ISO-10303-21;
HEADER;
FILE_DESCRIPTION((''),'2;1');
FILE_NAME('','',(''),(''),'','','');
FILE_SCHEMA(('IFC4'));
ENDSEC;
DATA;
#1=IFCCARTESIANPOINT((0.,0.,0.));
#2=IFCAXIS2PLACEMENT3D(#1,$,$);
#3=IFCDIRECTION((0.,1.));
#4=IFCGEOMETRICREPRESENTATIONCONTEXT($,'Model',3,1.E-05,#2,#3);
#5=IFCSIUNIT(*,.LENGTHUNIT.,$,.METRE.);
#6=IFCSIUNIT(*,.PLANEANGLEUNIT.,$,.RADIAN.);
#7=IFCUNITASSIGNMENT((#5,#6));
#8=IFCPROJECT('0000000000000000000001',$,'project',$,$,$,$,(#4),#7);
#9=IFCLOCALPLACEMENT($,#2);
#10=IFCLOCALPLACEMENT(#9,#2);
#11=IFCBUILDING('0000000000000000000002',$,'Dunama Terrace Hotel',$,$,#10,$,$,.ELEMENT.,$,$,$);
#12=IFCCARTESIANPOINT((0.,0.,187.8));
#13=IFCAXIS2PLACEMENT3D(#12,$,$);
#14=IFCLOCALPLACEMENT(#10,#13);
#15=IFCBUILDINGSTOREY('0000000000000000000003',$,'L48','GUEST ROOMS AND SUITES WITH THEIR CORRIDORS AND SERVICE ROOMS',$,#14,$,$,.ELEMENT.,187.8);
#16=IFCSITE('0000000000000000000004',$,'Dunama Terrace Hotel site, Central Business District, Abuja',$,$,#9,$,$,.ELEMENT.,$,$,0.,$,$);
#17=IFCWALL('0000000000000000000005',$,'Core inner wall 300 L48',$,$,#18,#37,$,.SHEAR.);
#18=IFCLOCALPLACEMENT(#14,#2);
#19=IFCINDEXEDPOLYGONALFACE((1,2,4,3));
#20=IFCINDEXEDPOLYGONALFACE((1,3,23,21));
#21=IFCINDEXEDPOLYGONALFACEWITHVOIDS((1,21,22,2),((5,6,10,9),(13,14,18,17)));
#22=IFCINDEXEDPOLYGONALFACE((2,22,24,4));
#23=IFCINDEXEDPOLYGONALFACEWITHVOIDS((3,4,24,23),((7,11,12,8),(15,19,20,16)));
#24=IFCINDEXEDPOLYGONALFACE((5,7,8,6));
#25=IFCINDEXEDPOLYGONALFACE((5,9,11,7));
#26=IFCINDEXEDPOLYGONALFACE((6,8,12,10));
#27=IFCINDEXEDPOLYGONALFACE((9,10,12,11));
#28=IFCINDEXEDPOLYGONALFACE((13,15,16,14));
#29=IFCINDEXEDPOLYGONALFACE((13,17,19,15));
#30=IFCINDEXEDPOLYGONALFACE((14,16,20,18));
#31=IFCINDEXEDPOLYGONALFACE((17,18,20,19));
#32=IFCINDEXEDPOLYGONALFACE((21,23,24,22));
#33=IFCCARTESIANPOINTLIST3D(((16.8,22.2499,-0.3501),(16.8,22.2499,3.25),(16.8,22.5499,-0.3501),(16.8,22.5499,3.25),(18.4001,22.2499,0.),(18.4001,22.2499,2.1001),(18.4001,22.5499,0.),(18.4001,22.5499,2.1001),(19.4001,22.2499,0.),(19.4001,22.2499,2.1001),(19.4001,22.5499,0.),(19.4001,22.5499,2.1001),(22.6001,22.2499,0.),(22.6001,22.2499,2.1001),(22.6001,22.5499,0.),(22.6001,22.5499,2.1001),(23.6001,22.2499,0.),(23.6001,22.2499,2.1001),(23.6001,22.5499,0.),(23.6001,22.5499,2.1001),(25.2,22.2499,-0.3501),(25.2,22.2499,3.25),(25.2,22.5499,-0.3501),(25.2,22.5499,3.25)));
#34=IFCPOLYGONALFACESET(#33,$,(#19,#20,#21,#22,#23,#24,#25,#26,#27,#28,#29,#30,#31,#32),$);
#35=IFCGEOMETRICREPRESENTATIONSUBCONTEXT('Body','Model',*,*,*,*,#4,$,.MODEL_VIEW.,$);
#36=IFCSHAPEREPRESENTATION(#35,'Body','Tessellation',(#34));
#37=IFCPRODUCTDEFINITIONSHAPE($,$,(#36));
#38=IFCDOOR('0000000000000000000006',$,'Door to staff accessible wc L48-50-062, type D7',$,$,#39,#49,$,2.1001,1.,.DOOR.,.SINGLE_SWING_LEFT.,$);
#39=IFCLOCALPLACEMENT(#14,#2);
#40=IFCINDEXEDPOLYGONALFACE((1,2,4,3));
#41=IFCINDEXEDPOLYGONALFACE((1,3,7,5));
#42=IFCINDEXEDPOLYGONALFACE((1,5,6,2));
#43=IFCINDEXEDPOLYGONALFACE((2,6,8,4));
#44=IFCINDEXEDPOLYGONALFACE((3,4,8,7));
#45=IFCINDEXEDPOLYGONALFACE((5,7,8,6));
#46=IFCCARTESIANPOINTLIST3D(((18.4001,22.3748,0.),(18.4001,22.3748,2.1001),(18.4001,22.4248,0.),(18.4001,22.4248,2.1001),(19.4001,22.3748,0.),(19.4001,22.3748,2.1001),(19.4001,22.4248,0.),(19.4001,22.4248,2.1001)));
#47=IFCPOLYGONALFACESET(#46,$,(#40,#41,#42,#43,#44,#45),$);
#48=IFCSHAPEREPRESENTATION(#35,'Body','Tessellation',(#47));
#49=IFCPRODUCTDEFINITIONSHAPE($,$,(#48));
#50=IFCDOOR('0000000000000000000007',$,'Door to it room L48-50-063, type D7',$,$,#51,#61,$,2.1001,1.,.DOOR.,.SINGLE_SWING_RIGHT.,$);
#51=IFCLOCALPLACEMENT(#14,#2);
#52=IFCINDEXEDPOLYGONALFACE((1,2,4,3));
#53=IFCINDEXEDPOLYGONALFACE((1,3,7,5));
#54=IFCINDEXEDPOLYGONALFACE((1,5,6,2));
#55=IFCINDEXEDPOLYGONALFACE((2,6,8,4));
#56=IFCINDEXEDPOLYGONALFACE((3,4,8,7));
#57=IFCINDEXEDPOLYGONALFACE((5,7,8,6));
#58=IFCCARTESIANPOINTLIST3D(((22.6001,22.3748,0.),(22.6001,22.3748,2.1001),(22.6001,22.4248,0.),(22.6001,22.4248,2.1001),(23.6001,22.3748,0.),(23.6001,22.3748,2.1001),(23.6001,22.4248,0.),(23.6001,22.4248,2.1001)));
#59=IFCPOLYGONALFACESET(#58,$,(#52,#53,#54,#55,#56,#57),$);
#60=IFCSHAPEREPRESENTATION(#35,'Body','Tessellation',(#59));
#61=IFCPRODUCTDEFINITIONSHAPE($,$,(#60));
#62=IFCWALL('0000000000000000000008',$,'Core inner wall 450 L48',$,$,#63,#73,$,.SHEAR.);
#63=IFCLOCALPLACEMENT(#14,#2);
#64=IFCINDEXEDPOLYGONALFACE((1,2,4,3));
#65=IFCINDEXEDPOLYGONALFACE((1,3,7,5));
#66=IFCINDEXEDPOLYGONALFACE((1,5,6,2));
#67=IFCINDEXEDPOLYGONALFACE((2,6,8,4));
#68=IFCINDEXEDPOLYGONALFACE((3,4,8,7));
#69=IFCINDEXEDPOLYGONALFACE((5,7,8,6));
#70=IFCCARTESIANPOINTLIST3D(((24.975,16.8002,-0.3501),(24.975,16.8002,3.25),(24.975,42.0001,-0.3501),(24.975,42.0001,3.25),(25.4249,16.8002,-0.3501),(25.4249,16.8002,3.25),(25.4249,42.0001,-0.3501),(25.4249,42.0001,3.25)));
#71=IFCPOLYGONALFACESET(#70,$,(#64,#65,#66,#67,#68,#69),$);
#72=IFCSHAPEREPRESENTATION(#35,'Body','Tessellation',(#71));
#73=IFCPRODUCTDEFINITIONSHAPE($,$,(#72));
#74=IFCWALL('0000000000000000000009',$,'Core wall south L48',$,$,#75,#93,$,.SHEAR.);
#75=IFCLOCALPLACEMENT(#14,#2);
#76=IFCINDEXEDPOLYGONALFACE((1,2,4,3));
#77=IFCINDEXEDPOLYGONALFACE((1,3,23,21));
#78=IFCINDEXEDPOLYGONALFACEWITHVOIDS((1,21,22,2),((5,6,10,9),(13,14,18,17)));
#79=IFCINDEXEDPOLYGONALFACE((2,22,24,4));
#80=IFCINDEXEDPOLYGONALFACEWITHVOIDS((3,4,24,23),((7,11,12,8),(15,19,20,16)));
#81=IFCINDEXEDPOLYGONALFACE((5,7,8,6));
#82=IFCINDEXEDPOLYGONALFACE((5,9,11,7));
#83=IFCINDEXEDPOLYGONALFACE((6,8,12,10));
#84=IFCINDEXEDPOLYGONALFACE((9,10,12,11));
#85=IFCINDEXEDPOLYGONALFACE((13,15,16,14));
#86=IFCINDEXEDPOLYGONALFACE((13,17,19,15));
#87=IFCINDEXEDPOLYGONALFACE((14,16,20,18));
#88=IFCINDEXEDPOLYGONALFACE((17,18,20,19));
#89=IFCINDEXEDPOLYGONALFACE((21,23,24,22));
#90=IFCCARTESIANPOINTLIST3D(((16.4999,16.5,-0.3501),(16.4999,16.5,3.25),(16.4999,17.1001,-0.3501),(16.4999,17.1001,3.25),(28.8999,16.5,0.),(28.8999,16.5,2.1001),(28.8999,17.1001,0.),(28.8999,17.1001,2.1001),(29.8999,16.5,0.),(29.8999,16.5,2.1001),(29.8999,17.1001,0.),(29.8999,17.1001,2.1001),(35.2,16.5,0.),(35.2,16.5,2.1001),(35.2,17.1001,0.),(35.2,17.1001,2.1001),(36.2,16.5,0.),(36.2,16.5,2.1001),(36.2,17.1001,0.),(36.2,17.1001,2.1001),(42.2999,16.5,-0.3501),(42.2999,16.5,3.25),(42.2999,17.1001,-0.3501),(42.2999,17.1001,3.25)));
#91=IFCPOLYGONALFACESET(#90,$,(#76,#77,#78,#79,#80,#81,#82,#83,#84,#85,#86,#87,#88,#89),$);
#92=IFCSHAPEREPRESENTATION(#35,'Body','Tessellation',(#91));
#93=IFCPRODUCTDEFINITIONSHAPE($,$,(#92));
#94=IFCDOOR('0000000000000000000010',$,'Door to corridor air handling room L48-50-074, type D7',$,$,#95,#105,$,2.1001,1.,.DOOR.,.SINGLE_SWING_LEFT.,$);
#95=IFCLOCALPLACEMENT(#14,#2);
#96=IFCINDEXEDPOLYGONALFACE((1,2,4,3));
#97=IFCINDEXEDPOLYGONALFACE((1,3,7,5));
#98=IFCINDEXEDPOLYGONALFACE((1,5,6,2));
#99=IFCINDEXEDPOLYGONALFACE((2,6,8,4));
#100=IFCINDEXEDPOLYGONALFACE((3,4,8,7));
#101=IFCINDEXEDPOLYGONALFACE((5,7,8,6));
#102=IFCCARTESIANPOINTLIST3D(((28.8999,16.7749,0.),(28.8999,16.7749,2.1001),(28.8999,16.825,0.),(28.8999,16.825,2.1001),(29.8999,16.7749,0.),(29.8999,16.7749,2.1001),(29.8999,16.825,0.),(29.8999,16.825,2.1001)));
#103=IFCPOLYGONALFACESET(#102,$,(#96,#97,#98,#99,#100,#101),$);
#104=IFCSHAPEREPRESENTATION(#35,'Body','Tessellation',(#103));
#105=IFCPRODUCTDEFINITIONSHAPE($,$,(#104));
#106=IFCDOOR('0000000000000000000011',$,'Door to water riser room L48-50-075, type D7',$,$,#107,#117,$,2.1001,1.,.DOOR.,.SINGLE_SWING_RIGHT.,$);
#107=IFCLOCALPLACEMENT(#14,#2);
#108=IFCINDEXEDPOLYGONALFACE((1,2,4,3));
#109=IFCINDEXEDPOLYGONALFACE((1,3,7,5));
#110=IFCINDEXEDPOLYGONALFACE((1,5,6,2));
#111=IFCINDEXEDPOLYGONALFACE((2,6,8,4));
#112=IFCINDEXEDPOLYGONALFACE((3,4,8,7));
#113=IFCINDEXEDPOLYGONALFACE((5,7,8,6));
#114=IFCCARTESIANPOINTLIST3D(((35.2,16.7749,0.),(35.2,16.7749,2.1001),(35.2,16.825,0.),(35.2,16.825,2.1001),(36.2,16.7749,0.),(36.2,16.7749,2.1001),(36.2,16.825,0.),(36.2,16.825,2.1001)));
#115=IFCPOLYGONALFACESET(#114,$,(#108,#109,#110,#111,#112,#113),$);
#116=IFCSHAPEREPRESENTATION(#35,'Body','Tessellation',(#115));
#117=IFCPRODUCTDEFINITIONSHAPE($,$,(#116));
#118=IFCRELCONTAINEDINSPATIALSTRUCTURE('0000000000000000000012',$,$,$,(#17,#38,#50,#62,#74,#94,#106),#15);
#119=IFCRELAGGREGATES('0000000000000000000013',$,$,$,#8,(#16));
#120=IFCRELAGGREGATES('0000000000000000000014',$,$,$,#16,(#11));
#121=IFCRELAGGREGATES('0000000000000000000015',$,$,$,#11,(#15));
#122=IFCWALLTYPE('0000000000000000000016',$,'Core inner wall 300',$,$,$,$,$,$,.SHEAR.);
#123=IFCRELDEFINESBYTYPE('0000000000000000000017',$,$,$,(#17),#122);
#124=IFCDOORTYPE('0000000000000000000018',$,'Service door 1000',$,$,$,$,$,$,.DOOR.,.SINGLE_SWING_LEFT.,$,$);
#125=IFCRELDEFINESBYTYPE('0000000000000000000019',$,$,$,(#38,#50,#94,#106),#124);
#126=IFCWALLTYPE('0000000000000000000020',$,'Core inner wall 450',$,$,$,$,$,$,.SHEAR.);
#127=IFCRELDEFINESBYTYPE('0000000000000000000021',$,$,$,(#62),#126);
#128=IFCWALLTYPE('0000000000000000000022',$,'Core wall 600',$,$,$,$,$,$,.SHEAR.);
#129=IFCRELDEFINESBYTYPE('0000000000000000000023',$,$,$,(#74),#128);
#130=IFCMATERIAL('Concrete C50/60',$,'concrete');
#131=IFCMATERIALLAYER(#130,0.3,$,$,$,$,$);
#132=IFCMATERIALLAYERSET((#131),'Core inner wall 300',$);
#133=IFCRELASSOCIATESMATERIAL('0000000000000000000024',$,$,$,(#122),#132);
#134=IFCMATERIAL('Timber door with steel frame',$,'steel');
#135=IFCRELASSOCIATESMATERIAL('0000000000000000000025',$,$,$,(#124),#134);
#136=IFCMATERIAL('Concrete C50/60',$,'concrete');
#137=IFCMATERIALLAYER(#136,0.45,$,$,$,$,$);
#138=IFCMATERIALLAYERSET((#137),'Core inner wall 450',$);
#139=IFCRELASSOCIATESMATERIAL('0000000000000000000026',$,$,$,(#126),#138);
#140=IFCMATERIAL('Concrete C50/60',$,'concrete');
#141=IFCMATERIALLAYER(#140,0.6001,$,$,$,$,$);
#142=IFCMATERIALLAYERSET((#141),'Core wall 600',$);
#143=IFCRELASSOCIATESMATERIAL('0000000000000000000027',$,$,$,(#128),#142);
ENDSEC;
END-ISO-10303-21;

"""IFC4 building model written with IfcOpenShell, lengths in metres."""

from ifc_helpers import new_model, si_unit, direction, frame, frame_2d, origin, place, context, subcontext, project, spatial, rectangle, extrude, material, layer, layer_set, type_object, element, fill, save


model = new_model("IFC4")

# Units and contexts
model_context = context("Model", 3, precision=1e-05, world=origin(), true_north=direction((0.0, 1.0)))
body_context = subcontext(model_context, "Body", "Model", "MODEL_VIEW")
ifc_project = project(units=[si_unit("LENGTHUNIT", "METRE"), si_unit("PLANEANGLEUNIT", "RADIAN")], contexts=[model_context])

# Site, building, storey
site_placement = place(None, origin())
site = spatial("IfcSite", under=ifc_project, at=site_placement, Name="Dunama Terrace Hotel site, Central Business District, Abuja", CompositionType="ELEMENT", RefElevation=0.0)
building_placement = place(site_placement, origin())
building = spatial("IfcBuilding", under=site, at=building_placement, Name="Dunama Terrace Hotel", CompositionType="ELEMENT")
storey_placement = place(building_placement, frame((0.0, 0.0, 187.8)))
storey = spatial("IfcBuildingStorey", under=building, at=storey_placement, Name="L48", Description="GUEST ROOMS AND SUITES WITH THEIR CORRIDORS AND SERVICE ROOMS", CompositionType="ELEMENT", Elevation=187.8)

# Shared definitions
ifc_material_1 = material(Name="Concrete C50/60", Category="concrete")
ifc_layer_1 = layer(ifc_material_1, 0.3)
ifc_layer_set_1 = layer_set([ifc_layer_1], Name="Core inner wall 300")
wall_type_1 = type_object("IfcWallType", Name="Core inner wall 300", PredefinedType="SHEAR", material=ifc_layer_set_1)

# Wall, openings, doors
ifc_material_2 = material(Name="Timber door with steel frame", Category="steel")
door_type_1 = type_object("IfcDoorType", Name="Service door 1000", OperationType="SINGLE_SWING_LEFT", PredefinedType="DOOR", material=ifc_material_2)
wall_1_placement = place(storey_placement, frame((16.8, 22.3999, -0.3501), z_axis=(0.0, 0.0, 1.0), x_axis=(1.0, 0.0, 0.0)))
wall_1 = element("IfcWall", 1, at=wall_1_placement, inside=storey, type_object=wall_type_1, Name="Core inner wall 300 L48", PredefinedType="SHEAR", context=body_context, shape_type="SweptSolid", body=[
    extrude(rectangle(XDim=8.3999, YDim=0.3, at=frame_2d((4.2, 0.0))), origin(), (0.0, 0.0, 1.0), 3.6001),
])
opening_1_placement = place(wall_1_placement, frame((1.6001, 0.0, 0.3501)))
opening_1 = element("IfcOpeningElement", 2, at=opening_1_placement, cuts=wall_1, PredefinedType="OPENING", context=body_context, shape_type="SweptSolid", body=[
    extrude(rectangle(XDim=1.0, YDim=2.1001, at=frame_2d((0.5, 1.05))), frame((0.0, 0.1599, 0.0), z_axis=(0.0, -1.0, 0.0), x_axis=(1.0, 0.0, 0.0)), (0.0, 0.0, 1.0), 0.3201),
])
opening_2_placement = place(wall_1_placement, frame((5.8, 0.0, 0.3501)))
opening_2 = element("IfcOpeningElement", 3, at=opening_2_placement, cuts=wall_1, PredefinedType="OPENING", context=body_context, shape_type="SweptSolid", body=[
    extrude(rectangle(XDim=1.0, YDim=2.1001, at=frame_2d((0.5, 1.05))), frame((0.0, 0.1599, 0.0), z_axis=(0.0, -1.0, 0.0), x_axis=(1.0, 0.0, 0.0)), (0.0, 0.0, 1.0), 0.3201),
])
door_1_placement = place(opening_1_placement, origin())
door_1 = element("IfcDoor", 4, at=door_1_placement, inside=storey, type_object=door_type_1, Name="Door to staff accessible wc L48-50-062, type D7", OperationType="SINGLE_SWING_LEFT", OverallHeight=2.1001, OverallWidth=1.0, PredefinedType="DOOR", context=body_context, shape_type="SweptSolid", body=[
    extrude(rectangle(XDim=1.0, YDim=2.1001, at=frame_2d((0.5, 1.05))), frame((0.0, 0.0249, 0.0), z_axis=(0.0, -1.0, 0.0), x_axis=(1.0, 0.0, 0.0)), (0.0, 0.0, 1.0), 0.05),
])
fill(opening_1, door_1)
door_2_placement = place(opening_2_placement, origin())
door_2 = element("IfcDoor", 5, at=door_2_placement, inside=storey, type_object=door_type_1, Name="Door to it room L48-50-063, type D7", OperationType="SINGLE_SWING_RIGHT", OverallHeight=2.1001, OverallWidth=1.0, PredefinedType="DOOR", context=body_context, shape_type="SweptSolid", body=[
    extrude(rectangle(XDim=1.0, YDim=2.1001, at=frame_2d((0.5, 1.05))), frame((0.0, 0.0249, 0.0), z_axis=(0.0, -1.0, 0.0), x_axis=(1.0, 0.0, 0.0)), (0.0, 0.0, 1.0), 0.05),
])
fill(opening_2, door_2)

# Wall
ifc_material_3 = material(Name="Concrete C50/60", Category="concrete")
ifc_layer_2 = layer(ifc_material_3, 0.45)
ifc_layer_set_2 = layer_set([ifc_layer_2], Name="Core inner wall 450")
wall_type_2 = type_object("IfcWallType", Name="Core inner wall 450", PredefinedType="SHEAR", material=ifc_layer_set_2)
wall_2_placement = place(storey_placement, frame((25.2, 16.8, -0.3501), z_axis=(0.0, 0.0, 1.0), x_axis=(0.0, 1.0, 0.0)))
element("IfcWall", 6, at=wall_2_placement, inside=storey, type_object=wall_type_2, Name="Core inner wall 450 L48", PredefinedType="SHEAR", context=body_context, shape_type="SweptSolid", body=[
    extrude(rectangle(XDim=25.2, YDim=0.45, at=frame_2d((12.6001, 0.0))), origin(), (0.0, 0.0, 1.0), 3.6001),
])

# Wall, openings, doors
ifc_material_4 = material(Name="Concrete C50/60", Category="concrete")
ifc_layer_3 = layer(ifc_material_4, 0.6001)
ifc_layer_set_3 = layer_set([ifc_layer_3], Name="Core wall 600")
wall_type_3 = type_object("IfcWallType", Name="Core wall 600", PredefinedType="SHEAR", material=ifc_layer_set_3)
wall_3_placement = place(storey_placement, frame((16.5, 16.8, -0.3501), z_axis=(0.0, 0.0, 1.0), x_axis=(1.0, 0.0, 0.0)))
wall_3 = element("IfcWall", 7, at=wall_3_placement, inside=storey, type_object=wall_type_3, Name="Core wall south L48", PredefinedType="SHEAR", context=body_context, shape_type="SweptSolid", body=[
    extrude(rectangle(XDim=25.8, YDim=0.6001, at=frame_2d((12.8999, 0.0))), origin(), (0.0, 0.0, 1.0), 3.6001),
])
opening_3_placement = place(wall_3_placement, frame((12.3999, 0.0, 0.3501)))
opening_3 = element("IfcOpeningElement", 8, at=opening_3_placement, cuts=wall_3, PredefinedType="OPENING", context=body_context, shape_type="SweptSolid", body=[
    extrude(rectangle(XDim=1.0, YDim=2.1001, at=frame_2d((0.5, 1.05))), frame((0.0, 0.3101, 0.0), z_axis=(0.0, -1.0, 0.0), x_axis=(1.0, 0.0, 0.0)), (0.0, 0.0, 1.0), 0.6201),
])
opening_4_placement = place(wall_3_placement, frame((18.7, 0.0, 0.3501)))
opening_4 = element("IfcOpeningElement", 9, at=opening_4_placement, cuts=wall_3, PredefinedType="OPENING", context=body_context, shape_type="SweptSolid", body=[
    extrude(rectangle(XDim=1.0, YDim=2.1001, at=frame_2d((0.5, 1.05))), frame((0.0, 0.3101, 0.0), z_axis=(0.0, -1.0, 0.0), x_axis=(1.0, 0.0, 0.0)), (0.0, 0.0, 1.0), 0.6201),
])
door_3_placement = place(opening_3_placement, origin())
door_3 = element("IfcDoor", 10, at=door_3_placement, inside=storey, type_object=door_type_1, Name="Door to corridor air handling room L48-50-074, type D7", OperationType="SINGLE_SWING_LEFT", OverallHeight=2.1001, OverallWidth=1.0, PredefinedType="DOOR", context=body_context, shape_type="SweptSolid", body=[
    extrude(rectangle(XDim=1.0, YDim=2.1001, at=frame_2d((0.5, 1.05))), frame((0.0, 0.0249, 0.0), z_axis=(0.0, -1.0, 0.0), x_axis=(1.0, 0.0, 0.0)), (0.0, 0.0, 1.0), 0.05),
])
fill(opening_3, door_3)
door_4_placement = place(opening_4_placement, origin())
door_4 = element("IfcDoor", 11, at=door_4_placement, inside=storey, type_object=door_type_1, Name="Door to water riser room L48-50-075, type D7", OperationType="SINGLE_SWING_RIGHT", OverallHeight=2.1001, OverallWidth=1.0, PredefinedType="DOOR", context=body_context, shape_type="SweptSolid", body=[
    extrude(rectangle(XDim=1.0, YDim=2.1001, at=frame_2d((0.5, 1.05))), frame((0.0, 0.0249, 0.0), z_axis=(0.0, -1.0, 0.0), x_axis=(1.0, 0.0, 0.0)), (0.0, 0.0, 1.0), 0.05),
])
fill(opening_4, door_4)

save(model, "model.ifc")
